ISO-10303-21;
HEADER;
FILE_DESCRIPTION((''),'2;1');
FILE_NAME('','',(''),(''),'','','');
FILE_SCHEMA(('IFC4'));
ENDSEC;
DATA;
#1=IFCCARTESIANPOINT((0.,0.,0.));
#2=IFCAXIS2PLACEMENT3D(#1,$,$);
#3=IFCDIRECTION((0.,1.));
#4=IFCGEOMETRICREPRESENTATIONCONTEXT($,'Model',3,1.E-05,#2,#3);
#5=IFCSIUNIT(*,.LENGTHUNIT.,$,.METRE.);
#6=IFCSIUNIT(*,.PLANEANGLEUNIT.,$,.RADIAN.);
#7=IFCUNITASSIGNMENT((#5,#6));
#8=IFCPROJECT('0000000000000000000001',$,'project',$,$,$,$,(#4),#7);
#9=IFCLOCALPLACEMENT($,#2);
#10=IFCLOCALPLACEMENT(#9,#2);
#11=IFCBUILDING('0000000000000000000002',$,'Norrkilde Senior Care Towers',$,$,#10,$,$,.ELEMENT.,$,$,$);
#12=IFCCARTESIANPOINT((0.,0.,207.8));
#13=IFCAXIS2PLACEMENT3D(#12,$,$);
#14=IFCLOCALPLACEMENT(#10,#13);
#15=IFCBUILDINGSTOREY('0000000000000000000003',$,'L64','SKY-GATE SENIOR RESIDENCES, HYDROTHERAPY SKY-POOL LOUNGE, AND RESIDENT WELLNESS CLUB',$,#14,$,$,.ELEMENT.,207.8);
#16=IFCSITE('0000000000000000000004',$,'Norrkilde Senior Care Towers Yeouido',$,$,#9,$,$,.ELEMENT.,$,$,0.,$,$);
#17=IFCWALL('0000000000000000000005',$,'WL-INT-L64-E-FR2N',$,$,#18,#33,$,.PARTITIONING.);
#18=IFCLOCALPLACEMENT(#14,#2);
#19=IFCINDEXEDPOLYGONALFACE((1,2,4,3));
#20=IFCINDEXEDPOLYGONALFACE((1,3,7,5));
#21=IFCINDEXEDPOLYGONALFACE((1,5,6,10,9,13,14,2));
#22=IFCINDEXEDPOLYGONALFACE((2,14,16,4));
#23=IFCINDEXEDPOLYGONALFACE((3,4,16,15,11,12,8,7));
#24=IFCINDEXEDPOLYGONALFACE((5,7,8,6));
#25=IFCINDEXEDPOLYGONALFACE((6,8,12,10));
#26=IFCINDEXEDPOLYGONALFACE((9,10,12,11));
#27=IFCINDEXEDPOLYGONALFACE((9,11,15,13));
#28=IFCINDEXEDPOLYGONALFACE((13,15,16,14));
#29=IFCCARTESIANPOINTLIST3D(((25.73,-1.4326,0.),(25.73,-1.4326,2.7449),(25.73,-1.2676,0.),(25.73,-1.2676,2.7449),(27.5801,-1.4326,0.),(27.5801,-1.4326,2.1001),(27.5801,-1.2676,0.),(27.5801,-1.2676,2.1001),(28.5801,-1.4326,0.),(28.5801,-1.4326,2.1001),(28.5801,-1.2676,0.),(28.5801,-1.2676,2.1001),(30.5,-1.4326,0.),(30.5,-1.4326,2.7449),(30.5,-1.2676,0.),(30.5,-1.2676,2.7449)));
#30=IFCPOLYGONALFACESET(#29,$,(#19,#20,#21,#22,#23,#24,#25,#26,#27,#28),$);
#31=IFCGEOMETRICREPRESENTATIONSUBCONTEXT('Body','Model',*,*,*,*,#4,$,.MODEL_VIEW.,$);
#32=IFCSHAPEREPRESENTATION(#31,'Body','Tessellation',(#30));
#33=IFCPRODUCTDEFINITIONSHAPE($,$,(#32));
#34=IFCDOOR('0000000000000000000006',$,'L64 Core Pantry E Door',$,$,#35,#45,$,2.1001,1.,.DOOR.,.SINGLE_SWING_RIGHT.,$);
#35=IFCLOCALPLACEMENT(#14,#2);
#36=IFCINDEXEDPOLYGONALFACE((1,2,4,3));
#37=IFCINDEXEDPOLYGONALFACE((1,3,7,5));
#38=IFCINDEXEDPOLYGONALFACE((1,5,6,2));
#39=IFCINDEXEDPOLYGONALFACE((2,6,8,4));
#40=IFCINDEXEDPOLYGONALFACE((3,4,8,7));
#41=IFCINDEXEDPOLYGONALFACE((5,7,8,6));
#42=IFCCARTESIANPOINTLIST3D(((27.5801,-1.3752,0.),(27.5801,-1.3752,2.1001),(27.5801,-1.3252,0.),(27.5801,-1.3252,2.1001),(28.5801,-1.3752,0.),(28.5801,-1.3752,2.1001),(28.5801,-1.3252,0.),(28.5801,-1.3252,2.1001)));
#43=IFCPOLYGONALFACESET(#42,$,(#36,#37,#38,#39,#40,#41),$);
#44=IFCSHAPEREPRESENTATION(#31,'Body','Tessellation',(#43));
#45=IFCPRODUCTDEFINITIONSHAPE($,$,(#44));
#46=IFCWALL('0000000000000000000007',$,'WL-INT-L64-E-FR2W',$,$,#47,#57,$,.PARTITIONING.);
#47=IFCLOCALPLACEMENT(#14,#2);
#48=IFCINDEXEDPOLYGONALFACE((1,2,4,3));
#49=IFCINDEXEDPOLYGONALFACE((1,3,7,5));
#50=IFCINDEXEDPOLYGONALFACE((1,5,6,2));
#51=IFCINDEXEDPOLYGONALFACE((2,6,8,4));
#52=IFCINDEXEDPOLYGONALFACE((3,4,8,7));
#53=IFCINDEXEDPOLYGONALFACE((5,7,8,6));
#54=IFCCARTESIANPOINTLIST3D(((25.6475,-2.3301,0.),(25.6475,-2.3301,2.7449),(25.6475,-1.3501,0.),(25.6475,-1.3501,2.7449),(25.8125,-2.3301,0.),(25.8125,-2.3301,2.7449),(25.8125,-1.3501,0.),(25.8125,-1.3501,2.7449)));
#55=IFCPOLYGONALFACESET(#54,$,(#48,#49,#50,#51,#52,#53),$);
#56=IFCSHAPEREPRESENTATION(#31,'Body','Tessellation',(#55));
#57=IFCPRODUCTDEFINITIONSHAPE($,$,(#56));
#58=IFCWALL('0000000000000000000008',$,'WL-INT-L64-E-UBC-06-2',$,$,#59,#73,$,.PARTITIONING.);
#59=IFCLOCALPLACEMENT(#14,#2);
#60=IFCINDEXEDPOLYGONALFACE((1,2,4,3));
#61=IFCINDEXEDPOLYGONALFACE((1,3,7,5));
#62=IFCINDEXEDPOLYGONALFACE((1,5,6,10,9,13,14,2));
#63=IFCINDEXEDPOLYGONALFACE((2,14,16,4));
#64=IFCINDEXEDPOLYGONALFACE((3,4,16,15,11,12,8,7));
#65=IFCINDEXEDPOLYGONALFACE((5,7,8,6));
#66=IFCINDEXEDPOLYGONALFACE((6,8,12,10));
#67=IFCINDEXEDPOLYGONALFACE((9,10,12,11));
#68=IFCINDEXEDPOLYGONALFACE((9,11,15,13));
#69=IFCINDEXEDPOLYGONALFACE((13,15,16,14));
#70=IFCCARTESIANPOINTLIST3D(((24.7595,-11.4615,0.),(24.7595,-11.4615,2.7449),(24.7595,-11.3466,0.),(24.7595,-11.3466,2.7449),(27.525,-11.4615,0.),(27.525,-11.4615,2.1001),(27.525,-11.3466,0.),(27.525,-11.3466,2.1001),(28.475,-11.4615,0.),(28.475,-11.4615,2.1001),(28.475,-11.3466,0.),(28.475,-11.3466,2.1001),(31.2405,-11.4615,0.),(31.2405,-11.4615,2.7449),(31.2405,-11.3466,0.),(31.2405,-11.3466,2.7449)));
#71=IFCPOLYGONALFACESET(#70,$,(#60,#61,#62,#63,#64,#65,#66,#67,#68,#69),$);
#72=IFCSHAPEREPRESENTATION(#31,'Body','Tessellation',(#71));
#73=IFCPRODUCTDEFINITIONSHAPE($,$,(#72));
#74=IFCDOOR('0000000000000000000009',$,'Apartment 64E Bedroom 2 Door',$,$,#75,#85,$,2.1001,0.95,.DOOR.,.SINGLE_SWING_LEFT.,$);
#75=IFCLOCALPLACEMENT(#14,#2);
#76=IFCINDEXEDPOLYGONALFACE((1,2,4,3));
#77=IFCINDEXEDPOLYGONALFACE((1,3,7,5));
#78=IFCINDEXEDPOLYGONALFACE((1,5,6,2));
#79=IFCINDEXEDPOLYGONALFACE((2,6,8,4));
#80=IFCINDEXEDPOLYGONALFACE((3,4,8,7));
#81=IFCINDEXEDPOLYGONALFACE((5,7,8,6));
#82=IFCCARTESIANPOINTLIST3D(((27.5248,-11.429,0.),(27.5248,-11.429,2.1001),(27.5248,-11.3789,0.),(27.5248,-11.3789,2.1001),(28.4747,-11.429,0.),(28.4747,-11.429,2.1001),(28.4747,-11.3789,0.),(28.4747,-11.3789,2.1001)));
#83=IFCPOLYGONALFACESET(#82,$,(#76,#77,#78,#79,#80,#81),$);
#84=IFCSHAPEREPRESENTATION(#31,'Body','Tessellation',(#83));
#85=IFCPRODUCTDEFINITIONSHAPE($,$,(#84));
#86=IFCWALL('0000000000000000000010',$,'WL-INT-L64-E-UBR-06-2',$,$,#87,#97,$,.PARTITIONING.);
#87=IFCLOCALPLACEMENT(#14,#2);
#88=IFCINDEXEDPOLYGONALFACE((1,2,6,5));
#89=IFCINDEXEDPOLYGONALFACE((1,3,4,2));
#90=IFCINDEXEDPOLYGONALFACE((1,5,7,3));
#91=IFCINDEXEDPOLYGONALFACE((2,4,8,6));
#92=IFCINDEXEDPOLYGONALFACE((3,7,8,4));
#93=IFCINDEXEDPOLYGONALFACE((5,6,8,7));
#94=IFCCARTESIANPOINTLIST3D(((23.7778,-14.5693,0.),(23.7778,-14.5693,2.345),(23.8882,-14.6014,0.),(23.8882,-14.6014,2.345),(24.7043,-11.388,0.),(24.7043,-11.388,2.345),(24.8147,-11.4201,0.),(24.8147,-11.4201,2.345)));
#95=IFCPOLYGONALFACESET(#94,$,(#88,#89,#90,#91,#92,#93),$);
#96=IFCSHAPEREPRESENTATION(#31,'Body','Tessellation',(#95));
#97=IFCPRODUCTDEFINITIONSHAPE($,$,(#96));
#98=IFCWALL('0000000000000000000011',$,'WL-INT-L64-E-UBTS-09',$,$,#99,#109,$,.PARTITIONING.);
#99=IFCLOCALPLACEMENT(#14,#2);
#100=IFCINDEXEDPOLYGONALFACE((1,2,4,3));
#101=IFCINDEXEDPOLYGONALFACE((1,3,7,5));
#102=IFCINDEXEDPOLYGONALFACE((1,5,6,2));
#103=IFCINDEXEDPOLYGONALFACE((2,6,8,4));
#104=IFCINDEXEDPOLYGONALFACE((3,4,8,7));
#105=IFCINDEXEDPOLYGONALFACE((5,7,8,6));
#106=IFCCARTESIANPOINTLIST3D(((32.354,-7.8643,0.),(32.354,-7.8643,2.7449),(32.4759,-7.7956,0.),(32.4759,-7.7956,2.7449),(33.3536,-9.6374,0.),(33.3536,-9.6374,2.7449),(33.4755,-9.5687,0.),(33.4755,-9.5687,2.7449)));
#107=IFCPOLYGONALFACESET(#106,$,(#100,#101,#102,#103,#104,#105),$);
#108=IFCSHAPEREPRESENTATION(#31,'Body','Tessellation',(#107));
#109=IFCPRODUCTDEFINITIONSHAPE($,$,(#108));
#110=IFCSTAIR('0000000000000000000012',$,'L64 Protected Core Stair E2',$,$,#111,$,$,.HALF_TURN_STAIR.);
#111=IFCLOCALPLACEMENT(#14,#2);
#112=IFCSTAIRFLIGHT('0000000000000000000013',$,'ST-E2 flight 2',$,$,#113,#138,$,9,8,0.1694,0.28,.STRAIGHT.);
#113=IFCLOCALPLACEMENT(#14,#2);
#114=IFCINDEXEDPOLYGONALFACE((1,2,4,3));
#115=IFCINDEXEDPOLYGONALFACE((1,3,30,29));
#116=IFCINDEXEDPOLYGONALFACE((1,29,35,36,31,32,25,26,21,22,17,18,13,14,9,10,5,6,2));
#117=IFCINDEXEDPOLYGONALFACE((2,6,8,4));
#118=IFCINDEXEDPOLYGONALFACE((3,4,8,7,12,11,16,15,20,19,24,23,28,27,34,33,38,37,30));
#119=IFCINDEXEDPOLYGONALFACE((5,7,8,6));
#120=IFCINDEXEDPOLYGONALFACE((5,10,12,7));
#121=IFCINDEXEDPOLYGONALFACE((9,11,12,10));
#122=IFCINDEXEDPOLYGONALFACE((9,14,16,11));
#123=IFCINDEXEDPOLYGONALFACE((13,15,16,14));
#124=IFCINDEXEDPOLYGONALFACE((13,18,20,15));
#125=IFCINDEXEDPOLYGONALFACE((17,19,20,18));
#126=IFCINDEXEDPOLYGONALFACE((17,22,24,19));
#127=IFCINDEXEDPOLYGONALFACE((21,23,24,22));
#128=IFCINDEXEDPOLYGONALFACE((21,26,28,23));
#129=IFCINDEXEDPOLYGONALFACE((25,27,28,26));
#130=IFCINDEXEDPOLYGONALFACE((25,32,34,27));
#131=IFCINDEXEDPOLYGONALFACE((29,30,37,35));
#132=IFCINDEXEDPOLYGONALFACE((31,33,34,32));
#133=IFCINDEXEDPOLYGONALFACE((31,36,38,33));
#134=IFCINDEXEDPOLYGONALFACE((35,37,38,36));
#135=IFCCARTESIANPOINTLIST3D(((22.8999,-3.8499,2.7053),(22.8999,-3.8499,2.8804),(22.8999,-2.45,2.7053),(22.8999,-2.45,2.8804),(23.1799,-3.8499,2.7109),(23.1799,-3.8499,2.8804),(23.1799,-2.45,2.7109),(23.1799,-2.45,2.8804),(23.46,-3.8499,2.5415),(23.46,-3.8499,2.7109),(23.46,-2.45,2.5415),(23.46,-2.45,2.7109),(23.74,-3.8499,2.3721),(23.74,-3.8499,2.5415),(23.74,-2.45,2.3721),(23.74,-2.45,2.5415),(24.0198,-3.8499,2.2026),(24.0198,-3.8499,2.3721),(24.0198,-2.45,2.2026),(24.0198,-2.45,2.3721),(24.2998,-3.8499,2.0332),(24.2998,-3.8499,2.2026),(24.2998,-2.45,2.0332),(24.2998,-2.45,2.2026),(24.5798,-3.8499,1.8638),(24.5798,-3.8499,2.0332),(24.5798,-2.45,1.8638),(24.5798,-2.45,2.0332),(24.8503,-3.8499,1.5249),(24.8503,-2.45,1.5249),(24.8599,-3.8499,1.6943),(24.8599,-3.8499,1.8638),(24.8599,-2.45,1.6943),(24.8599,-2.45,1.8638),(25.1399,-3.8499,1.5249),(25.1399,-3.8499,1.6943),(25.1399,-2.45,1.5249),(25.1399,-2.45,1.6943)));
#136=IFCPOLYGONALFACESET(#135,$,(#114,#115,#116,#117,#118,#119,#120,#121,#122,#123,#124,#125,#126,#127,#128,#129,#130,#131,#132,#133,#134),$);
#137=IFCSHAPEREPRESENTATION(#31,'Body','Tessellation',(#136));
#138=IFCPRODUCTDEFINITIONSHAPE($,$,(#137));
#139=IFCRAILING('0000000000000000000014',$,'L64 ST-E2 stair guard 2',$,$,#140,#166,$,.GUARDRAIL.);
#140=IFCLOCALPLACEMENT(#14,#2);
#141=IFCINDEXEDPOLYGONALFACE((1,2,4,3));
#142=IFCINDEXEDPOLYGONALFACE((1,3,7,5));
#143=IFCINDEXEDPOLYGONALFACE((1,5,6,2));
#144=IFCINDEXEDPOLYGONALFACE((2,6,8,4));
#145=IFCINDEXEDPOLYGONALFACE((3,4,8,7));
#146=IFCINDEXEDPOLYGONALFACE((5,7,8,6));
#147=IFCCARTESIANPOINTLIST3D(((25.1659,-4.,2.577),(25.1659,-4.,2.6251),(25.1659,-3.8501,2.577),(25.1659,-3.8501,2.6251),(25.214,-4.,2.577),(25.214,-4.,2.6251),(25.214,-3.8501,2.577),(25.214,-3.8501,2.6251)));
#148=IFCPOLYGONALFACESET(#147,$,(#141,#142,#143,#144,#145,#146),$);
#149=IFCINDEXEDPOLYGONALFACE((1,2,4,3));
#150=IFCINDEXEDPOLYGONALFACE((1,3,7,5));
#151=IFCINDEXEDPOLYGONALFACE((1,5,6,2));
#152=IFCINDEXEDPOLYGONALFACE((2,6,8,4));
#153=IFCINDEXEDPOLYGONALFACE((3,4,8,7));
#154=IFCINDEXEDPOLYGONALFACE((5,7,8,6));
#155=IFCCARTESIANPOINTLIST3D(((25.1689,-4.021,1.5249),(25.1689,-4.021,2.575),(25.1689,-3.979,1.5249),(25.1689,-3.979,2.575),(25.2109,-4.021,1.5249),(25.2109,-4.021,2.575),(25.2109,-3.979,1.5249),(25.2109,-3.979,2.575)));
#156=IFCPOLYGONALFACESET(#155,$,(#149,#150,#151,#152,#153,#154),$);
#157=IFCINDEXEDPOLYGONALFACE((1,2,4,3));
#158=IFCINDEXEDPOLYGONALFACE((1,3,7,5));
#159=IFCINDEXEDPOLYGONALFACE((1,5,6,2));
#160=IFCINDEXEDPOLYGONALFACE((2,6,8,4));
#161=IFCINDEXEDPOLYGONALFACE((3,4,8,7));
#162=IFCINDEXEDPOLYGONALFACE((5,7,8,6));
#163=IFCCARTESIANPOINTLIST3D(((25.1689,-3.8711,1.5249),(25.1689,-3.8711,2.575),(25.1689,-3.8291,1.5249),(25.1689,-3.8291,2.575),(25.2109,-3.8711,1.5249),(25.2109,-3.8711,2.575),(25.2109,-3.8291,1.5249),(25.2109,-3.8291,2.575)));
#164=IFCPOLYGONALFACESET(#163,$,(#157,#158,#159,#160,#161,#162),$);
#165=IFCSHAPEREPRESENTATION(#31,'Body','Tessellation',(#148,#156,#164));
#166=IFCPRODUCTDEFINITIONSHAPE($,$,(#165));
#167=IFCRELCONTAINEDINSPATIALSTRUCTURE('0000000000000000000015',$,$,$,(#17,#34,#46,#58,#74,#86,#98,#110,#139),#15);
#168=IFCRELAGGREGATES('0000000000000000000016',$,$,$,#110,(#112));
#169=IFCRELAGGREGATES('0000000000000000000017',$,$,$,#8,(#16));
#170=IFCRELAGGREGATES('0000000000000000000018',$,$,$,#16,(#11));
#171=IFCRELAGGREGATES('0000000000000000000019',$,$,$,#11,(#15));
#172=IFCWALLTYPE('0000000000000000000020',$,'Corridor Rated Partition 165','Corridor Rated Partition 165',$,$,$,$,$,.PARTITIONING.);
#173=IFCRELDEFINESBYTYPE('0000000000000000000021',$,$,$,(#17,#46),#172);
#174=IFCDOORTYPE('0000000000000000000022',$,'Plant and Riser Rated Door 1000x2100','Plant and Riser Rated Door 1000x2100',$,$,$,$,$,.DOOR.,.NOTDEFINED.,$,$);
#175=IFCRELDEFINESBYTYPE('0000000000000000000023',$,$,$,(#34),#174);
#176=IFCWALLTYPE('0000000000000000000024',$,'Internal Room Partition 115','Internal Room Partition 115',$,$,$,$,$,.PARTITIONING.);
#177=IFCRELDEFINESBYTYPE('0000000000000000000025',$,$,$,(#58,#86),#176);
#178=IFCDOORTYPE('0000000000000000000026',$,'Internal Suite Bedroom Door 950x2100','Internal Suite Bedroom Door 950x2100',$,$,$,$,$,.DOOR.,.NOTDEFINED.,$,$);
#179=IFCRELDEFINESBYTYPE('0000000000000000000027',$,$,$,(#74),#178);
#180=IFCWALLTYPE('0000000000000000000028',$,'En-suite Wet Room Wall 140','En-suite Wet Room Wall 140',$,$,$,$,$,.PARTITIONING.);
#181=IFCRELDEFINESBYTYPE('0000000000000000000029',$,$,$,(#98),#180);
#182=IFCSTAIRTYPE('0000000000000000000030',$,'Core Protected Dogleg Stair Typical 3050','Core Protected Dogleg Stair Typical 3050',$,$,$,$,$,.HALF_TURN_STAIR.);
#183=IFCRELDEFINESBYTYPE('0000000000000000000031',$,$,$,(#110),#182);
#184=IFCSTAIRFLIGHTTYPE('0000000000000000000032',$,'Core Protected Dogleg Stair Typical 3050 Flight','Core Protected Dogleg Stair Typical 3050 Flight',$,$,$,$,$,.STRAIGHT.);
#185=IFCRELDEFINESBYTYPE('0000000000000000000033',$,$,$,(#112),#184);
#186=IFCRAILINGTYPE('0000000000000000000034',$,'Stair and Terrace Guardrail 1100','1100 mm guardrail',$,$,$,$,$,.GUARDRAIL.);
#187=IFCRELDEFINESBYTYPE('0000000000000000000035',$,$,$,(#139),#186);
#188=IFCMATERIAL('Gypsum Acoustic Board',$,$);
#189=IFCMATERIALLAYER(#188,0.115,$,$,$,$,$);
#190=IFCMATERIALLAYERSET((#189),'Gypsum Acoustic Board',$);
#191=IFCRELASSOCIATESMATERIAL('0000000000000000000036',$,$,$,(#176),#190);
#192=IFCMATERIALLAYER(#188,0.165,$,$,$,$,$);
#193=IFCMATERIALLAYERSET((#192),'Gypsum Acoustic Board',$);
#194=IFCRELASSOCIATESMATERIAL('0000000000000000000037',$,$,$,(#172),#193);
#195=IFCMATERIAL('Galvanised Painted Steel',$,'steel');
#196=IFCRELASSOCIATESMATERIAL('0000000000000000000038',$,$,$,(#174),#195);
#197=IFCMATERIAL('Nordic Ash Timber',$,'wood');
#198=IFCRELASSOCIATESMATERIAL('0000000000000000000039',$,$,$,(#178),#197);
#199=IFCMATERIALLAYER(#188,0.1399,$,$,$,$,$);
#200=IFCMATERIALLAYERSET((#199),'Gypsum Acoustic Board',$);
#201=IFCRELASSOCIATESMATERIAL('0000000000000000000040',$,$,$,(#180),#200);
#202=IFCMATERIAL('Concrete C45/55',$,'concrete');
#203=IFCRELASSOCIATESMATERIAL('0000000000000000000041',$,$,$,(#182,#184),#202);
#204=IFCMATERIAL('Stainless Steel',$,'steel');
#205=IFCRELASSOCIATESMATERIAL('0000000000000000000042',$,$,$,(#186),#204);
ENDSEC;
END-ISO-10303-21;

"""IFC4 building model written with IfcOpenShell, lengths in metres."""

from ifc_helpers import new_model, si_unit, direction, frame, frame_2d, origin, origin_2d, place, context, subcontext, project, spatial, polyline, rectangle, outline, extrude, source, transform, mapped, material, layer, layer_set, type_object, type_shapes, element, fill, aggregate, save


model = new_model("IFC4")

# Units and contexts
model_context = context("Model", 3, precision=1e-05, world=origin(), true_north=direction((0.0, 1.0)))
body_context = subcontext(model_context, "Body", "Model", "MODEL_VIEW")
ifc_project = project(units=[si_unit("LENGTHUNIT", "METRE"), si_unit("PLANEANGLEUNIT", "RADIAN")], contexts=[model_context])

# Site, building, storey
site_placement = place(None, origin())
site = spatial("IfcSite", under=ifc_project, at=site_placement, Name="Norrkilde Senior Care Towers Yeouido", CompositionType="ELEMENT", RefElevation=0.0)
building_placement = place(site_placement, origin())
building = spatial("IfcBuilding", under=site, at=building_placement, Name="Norrkilde Senior Care Towers", CompositionType="ELEMENT")
storey_placement = place(building_placement, frame((0.0, 0.0, 207.8)))
storey = spatial("IfcBuildingStorey", under=building, at=storey_placement, Name="L64", Description="SKY-GATE SENIOR RESIDENCES, HYDROTHERAPY SKY-POOL LOUNGE, AND RESIDENT WELLNESS CLUB", CompositionType="ELEMENT", Elevation=207.8)

# Shared definitions
ifc_material_1 = material(Name="Concrete C45/55", Category="concrete")
ifc_material_2 = material(Name="Gypsum Acoustic Board")

# Shared definitions
ifc_material_3 = material(Name="Galvanised Painted Steel", Category="steel")

# Shared definitions
ifc_layer_1 = layer(ifc_material_2, 0.115)
ifc_layer_set_1 = layer_set([ifc_layer_1], Name="Gypsum Acoustic Board")
wall_type_1 = type_object("IfcWallType", Name="Internal Room Partition 115", Description="Internal Room Partition 115", PredefinedType="PARTITIONING", material=ifc_layer_set_1)

# Shared definitions
ifc_material_4 = material(Name="Stainless Steel", Category="steel")

# Wall, opening, door
ifc_layer_2 = layer(ifc_material_2, 0.165)
ifc_layer_set_2 = layer_set([ifc_layer_2], Name="Gypsum Acoustic Board")
wall_type_2 = type_object("IfcWallType", Name="Corridor Rated Partition 165", Description="Corridor Rated Partition 165", PredefinedType="PARTITIONING", material=ifc_layer_set_2)
shared_shape_1 = source(origin(), body_context, "Body", "SweptSolid", [
    extrude(rectangle(XDim=4.77, YDim=0.165, at=frame_2d((2.385, 0.0))), origin(), (0.0, 0.0, 1.0), 2.7449),
])
wall_1_placement = place(storey_placement, frame((25.73, -1.3501, 0.0), z_axis=(0.0, 0.0, 1.0), x_axis=(1.0, 0.0, 0.0)))
wall_1 = element("IfcWall", 1, at=wall_1_placement, inside=storey, type_object=wall_type_2, Name="WL-INT-L64-E-FR2N", PredefinedType="PARTITIONING", context=body_context, shape_type="MappedRepresentation", body=[
    mapped(shared_shape_1, transform((0.0, 0.0, 0.0), x_axis=(1.0, 0.0, 0.0), y_axis=(0.0, 1.0, 0.0), z_axis=(0.0, 0.0, 1.0), scale=1.0)),
])
opening_1_placement = place(wall_1_placement, frame((1.8501, 0.0, 0.0)))
opening_1 = element("IfcOpeningElement", 2, at=opening_1_placement, cuts=wall_1, PredefinedType="OPENING", context=body_context, shape_type="SweptSolid", body=[
    extrude(rectangle(XDim=1.0, YDim=2.1001, at=frame_2d((0.5, 1.05))), frame((0.0, 0.0925, 0.0), z_axis=(0.0, -1.0, 0.0), x_axis=(1.0, 0.0, 0.0)), (0.0, 0.0, 1.0), 0.1851),
])
door_type_1 = type_object("IfcDoorType", Name="Plant and Riser Rated Door 1000x2100", Description="Plant and Riser Rated Door 1000x2100", OperationType="NOTDEFINED", PredefinedType="DOOR", material=ifc_material_3)
shared_shape_2 = source(origin(), body_context, "Body", "SweptSolid", [
    extrude(rectangle(XDim=1.0, YDim=2.1001, at=frame_2d((0.5, 1.05))), frame((0.0, 0.0249, 0.0), z_axis=(0.0, -1.0, 0.0), x_axis=(1.0, 0.0, 0.0)), (0.0, 0.0, 1.0), 0.05),
])
type_shapes(door_type_1, [shared_shape_2])
door_1_placement = place(opening_1_placement, origin())
door_1 = element("IfcDoor", 3, at=door_1_placement, inside=storey, type_object=door_type_1, Name="L64 Core Pantry E Door", OperationType="SINGLE_SWING_RIGHT", OverallHeight=2.1001, OverallWidth=1.0, PredefinedType="DOOR", context=body_context, shape_type="MappedRepresentation", body=[
    mapped(shared_shape_2, transform((0.0, 0.0, 0.0), x_axis=(1.0, 0.0, 0.0), y_axis=(0.0, 1.0, 0.0), z_axis=(0.0, 0.0, 1.0), scale=1.0)),
])
fill(opening_1, door_1)

# Wall
shared_shape_3 = source(origin(), body_context, "Body", "SweptSolid", [
    extrude(rectangle(XDim=0.98, YDim=0.165, at=frame_2d((0.49, 0.0))), origin(), (0.0, 0.0, 1.0), 2.7449),
])
type_shapes(wall_type_2, [shared_shape_1, shared_shape_3])
wall_2_placement = place(storey_placement, frame((25.73, -2.3301, 0.0), z_axis=(0.0, 0.0, 1.0), x_axis=(0.0, 1.0, 0.0)))
element("IfcWall", 4, at=wall_2_placement, inside=storey, type_object=wall_type_2, Name="WL-INT-L64-E-FR2W", PredefinedType="PARTITIONING", context=body_context, shape_type="MappedRepresentation", body=[
    mapped(shared_shape_3, transform((0.0, 0.0, 0.0), x_axis=(1.0, 0.0, 0.0), y_axis=(0.0, 1.0, 0.0), z_axis=(0.0, 0.0, 1.0), scale=1.0)),
])

# Wall, opening, door
shared_shape_4 = source(origin(), body_context, "Body", "SweptSolid", [
    extrude(rectangle(XDim=6.481, YDim=0.115, at=frame_2d((3.2405, 0.0))), origin(), (0.0, 0.0, 1.0), 2.7449),
])
wall_3_placement = place(storey_placement, frame((24.7595, -11.4041, 0.0), z_axis=(0.0, 0.0, 1.0), x_axis=(1.0, 0.0, 0.0)))
wall_3 = element("IfcWall", 5, at=wall_3_placement, inside=storey, type_object=wall_type_1, Name="WL-INT-L64-E-UBC-06-2", PredefinedType="PARTITIONING", context=body_context, shape_type="MappedRepresentation", body=[
    mapped(shared_shape_4, transform((0.0, 0.0, 0.0), x_axis=(1.0, 0.0, 0.0), y_axis=(0.0, 1.0, 0.0), z_axis=(0.0, 0.0, 1.0), scale=1.0)),
])
opening_2_placement = place(wall_3_placement, frame((2.7654, 0.0, 0.0)))
opening_2 = element("IfcOpeningElement", 6, at=opening_2_placement, cuts=wall_3, PredefinedType="OPENING", context=body_context, shape_type="SweptSolid", body=[
    extrude(rectangle(XDim=0.95, YDim=2.1001, at=frame_2d((0.4751, 1.05))), frame((0.0, 0.0674, 0.0), z_axis=(0.0, -1.0, 0.0), x_axis=(1.0, 0.0, 0.0)), (0.0, 0.0, 1.0), 0.135),
])
ifc_material_5 = material(Name="Nordic Ash Timber", Category="wood")
door_type_2 = type_object("IfcDoorType", Name="Internal Suite Bedroom Door 950x2100", Description="Internal Suite Bedroom Door 950x2100", OperationType="NOTDEFINED", PredefinedType="DOOR", material=ifc_material_5)
shared_shape_5 = source(origin(), body_context, "Body", "SweptSolid", [
    extrude(rectangle(XDim=0.95, YDim=2.1001, at=frame_2d((0.4751, 1.05))), frame((0.0, 0.0249, 0.0), z_axis=(0.0, -1.0, 0.0), x_axis=(1.0, 0.0, 0.0)), (0.0, 0.0, 1.0), 0.05),
])
type_shapes(door_type_2, [shared_shape_5])
door_2_placement = place(opening_2_placement, frame((0.95, 0.0, 0.0), z_axis=(0.0, 0.0, 1.0), x_axis=(-1.0, 0.0, 0.0)))
door_2 = element("IfcDoor", 7, at=door_2_placement, inside=storey, type_object=door_type_2, Name="Apartment 64E Bedroom 2 Door", OperationType="SINGLE_SWING_LEFT", OverallHeight=2.1001, OverallWidth=0.95, PredefinedType="DOOR", context=body_context, shape_type="MappedRepresentation", body=[
    mapped(shared_shape_5, transform((0.0, 0.0, 0.0), x_axis=(1.0, 0.0, 0.0), y_axis=(0.0, 1.0, 0.0), z_axis=(0.0, 0.0, 1.0), scale=1.0)),
])
fill(opening_2, door_2)

# Walls
shared_shape_6 = source(origin(), body_context, "Body", "SweptSolid", [
    extrude(rectangle(XDim=3.3135, YDim=0.115, at=frame_2d((1.6567, 0.0))), origin(), (0.0, 0.0, 1.0), 2.345),
])
wall_4_placement = place(storey_placement, frame((24.7595, -11.4041, 0.0), z_axis=(0.0, 0.0, 1.0), x_axis=(-0.279612, -0.960113, 0.0)))
element("IfcWall", 8, at=wall_4_placement, inside=storey, type_object=wall_type_1, Name="WL-INT-L64-E-UBR-06-2", PredefinedType="PARTITIONING", context=body_context, shape_type="MappedRepresentation", body=[
    mapped(shared_shape_6, transform((0.0, 0.0, 0.0), x_axis=(1.0, 0.0, 0.0), y_axis=(0.0, 1.0, 0.0), z_axis=(0.0, 0.0, 1.0), scale=1.0)),
])
ifc_layer_3 = layer(ifc_material_2, 0.1399)
ifc_layer_set_3 = layer_set([ifc_layer_3], Name="Gypsum Acoustic Board")
wall_type_3 = type_object("IfcWallType", Name="En-suite Wet Room Wall 140", Description="En-suite Wet Room Wall 140", PredefinedType="PARTITIONING", material=ifc_layer_set_3)
shared_shape_7 = source(origin(), body_context, "Body", "SweptSolid", [
    extrude(rectangle(XDim=2.0354, YDim=0.1399, at=frame_2d((1.0176, 0.0))), origin(), (0.0, 0.0, 1.0), 2.7449),
])
type_shapes(wall_type_3, [shared_shape_7])
wall_5_placement = place(storey_placement, frame((32.415, -7.8301, 0.0), z_axis=(0.0, 0.0, 1.0), x_axis=(0.491093, -0.871107, 0.0)))
element("IfcWall", 9, at=wall_5_placement, inside=storey, type_object=wall_type_3, Name="WL-INT-L64-E-UBTS-09", PredefinedType="PARTITIONING", context=body_context, shape_type="MappedRepresentation", body=[
    mapped(shared_shape_7, transform((0.0, 0.0, 0.0), x_axis=(1.0, 0.0, 0.0), y_axis=(0.0, 1.0, 0.0), z_axis=(0.0, 0.0, 1.0), scale=1.0)),
])

# Stair, stair flight
stair_type = type_object("IfcStairType", Name="Core Protected Dogleg Stair Typical 3050", Description="Core Protected Dogleg Stair Typical 3050", PredefinedType="HALF_TURN_STAIR", material=ifc_material_1)
stair_placement = place(storey_placement, origin())
stair = element("IfcStair", 10, at=stair_placement, inside=storey, type_object=stair_type, Name="L64 Protected Core Stair E2", PredefinedType="HALF_TURN_STAIR")
stair_flight_type = type_object("IfcStairFlightType", Name="Core Protected Dogleg Stair Typical 3050 Flight", Description="Core Protected Dogleg Stair Typical 3050 Flight", PredefinedType="STRAIGHT", material=ifc_material_1)
stair_flight_placement = place(storey_placement, frame((25.1399, -3.1499, 1.5249), z_axis=(0.0, 0.0, 1.0), x_axis=(-1.0, 0.0, 0.0)))
stair_flight = element("IfcStairFlight", 11, at=stair_flight_placement, type_object=stair_flight_type, Name="ST-E2 flight 2", NumberOfRisers=9, NumberOfTreads=8, PredefinedType="STRAIGHT", RiserHeight=0.1694, TreadLength=0.28, context=body_context, shape_type="SweptSolid", body=[
    extrude(outline(polyline([(0.0, 0.0), (0.0, 0.1694), (0.28, 0.1694), (0.28, 0.3389), (0.5601, 0.3389), (0.5601, 0.5083), (0.8401, 0.5083), (0.8401, 0.6777), (1.1201, 0.6777), (1.1201, 0.8472), (1.3999, 0.8472), (1.3999, 1.0166), (1.6799, 1.0166), (1.6799, 1.186), (1.96, 1.186), (1.96, 1.3555), (2.24, 1.3555), (2.24, 1.5249), (2.24, 1.1804), (0.2896, 0.0), (0.0, 0.0)])), frame((0.0, 0.7, 0.0), z_axis=(0.0, -1.0, 0.0), x_axis=(1.0, 0.0, 0.0)), (0.0, 0.0, 1.0), 1.3999),
])
aggregate(stair, [stair_flight])

# Railing
railing_type_1 = type_object("IfcRailingType", Name="Stair and Terrace Guardrail 1100", Description="1100 mm guardrail", PredefinedType="GUARDRAIL", material=ifc_material_4)
railing_1_placement = place(storey_placement, frame((25.1899, -4.0, 1.5249)))
element("IfcRailing", 12, at=railing_1_placement, inside=storey, type_object=railing_type_1, Name="L64 ST-E2 stair guard 2", PredefinedType="GUARDRAIL", context=body_context, shape_type="SweptSolid", body=[
    extrude(rectangle(XDim=0.0481, YDim=0.0481, at=origin_2d()), frame((0.0, 0.0, 1.0762), z_axis=(0.0, 1.0, 0.0), x_axis=(-1.0, 0.0, 0.0)), (0.0, 0.0, 1.0), 0.1499),
    extrude(rectangle(XDim=0.042, YDim=0.042, at=origin_2d()), origin(), (0.0, 0.0, 1.0), 1.05),
    extrude(rectangle(XDim=0.042, YDim=0.042, at=origin_2d()), frame((0.0, 0.1499, 0.0)), (0.0, 0.0, 1.0), 1.05),
])

save(model, "model.ifc")
